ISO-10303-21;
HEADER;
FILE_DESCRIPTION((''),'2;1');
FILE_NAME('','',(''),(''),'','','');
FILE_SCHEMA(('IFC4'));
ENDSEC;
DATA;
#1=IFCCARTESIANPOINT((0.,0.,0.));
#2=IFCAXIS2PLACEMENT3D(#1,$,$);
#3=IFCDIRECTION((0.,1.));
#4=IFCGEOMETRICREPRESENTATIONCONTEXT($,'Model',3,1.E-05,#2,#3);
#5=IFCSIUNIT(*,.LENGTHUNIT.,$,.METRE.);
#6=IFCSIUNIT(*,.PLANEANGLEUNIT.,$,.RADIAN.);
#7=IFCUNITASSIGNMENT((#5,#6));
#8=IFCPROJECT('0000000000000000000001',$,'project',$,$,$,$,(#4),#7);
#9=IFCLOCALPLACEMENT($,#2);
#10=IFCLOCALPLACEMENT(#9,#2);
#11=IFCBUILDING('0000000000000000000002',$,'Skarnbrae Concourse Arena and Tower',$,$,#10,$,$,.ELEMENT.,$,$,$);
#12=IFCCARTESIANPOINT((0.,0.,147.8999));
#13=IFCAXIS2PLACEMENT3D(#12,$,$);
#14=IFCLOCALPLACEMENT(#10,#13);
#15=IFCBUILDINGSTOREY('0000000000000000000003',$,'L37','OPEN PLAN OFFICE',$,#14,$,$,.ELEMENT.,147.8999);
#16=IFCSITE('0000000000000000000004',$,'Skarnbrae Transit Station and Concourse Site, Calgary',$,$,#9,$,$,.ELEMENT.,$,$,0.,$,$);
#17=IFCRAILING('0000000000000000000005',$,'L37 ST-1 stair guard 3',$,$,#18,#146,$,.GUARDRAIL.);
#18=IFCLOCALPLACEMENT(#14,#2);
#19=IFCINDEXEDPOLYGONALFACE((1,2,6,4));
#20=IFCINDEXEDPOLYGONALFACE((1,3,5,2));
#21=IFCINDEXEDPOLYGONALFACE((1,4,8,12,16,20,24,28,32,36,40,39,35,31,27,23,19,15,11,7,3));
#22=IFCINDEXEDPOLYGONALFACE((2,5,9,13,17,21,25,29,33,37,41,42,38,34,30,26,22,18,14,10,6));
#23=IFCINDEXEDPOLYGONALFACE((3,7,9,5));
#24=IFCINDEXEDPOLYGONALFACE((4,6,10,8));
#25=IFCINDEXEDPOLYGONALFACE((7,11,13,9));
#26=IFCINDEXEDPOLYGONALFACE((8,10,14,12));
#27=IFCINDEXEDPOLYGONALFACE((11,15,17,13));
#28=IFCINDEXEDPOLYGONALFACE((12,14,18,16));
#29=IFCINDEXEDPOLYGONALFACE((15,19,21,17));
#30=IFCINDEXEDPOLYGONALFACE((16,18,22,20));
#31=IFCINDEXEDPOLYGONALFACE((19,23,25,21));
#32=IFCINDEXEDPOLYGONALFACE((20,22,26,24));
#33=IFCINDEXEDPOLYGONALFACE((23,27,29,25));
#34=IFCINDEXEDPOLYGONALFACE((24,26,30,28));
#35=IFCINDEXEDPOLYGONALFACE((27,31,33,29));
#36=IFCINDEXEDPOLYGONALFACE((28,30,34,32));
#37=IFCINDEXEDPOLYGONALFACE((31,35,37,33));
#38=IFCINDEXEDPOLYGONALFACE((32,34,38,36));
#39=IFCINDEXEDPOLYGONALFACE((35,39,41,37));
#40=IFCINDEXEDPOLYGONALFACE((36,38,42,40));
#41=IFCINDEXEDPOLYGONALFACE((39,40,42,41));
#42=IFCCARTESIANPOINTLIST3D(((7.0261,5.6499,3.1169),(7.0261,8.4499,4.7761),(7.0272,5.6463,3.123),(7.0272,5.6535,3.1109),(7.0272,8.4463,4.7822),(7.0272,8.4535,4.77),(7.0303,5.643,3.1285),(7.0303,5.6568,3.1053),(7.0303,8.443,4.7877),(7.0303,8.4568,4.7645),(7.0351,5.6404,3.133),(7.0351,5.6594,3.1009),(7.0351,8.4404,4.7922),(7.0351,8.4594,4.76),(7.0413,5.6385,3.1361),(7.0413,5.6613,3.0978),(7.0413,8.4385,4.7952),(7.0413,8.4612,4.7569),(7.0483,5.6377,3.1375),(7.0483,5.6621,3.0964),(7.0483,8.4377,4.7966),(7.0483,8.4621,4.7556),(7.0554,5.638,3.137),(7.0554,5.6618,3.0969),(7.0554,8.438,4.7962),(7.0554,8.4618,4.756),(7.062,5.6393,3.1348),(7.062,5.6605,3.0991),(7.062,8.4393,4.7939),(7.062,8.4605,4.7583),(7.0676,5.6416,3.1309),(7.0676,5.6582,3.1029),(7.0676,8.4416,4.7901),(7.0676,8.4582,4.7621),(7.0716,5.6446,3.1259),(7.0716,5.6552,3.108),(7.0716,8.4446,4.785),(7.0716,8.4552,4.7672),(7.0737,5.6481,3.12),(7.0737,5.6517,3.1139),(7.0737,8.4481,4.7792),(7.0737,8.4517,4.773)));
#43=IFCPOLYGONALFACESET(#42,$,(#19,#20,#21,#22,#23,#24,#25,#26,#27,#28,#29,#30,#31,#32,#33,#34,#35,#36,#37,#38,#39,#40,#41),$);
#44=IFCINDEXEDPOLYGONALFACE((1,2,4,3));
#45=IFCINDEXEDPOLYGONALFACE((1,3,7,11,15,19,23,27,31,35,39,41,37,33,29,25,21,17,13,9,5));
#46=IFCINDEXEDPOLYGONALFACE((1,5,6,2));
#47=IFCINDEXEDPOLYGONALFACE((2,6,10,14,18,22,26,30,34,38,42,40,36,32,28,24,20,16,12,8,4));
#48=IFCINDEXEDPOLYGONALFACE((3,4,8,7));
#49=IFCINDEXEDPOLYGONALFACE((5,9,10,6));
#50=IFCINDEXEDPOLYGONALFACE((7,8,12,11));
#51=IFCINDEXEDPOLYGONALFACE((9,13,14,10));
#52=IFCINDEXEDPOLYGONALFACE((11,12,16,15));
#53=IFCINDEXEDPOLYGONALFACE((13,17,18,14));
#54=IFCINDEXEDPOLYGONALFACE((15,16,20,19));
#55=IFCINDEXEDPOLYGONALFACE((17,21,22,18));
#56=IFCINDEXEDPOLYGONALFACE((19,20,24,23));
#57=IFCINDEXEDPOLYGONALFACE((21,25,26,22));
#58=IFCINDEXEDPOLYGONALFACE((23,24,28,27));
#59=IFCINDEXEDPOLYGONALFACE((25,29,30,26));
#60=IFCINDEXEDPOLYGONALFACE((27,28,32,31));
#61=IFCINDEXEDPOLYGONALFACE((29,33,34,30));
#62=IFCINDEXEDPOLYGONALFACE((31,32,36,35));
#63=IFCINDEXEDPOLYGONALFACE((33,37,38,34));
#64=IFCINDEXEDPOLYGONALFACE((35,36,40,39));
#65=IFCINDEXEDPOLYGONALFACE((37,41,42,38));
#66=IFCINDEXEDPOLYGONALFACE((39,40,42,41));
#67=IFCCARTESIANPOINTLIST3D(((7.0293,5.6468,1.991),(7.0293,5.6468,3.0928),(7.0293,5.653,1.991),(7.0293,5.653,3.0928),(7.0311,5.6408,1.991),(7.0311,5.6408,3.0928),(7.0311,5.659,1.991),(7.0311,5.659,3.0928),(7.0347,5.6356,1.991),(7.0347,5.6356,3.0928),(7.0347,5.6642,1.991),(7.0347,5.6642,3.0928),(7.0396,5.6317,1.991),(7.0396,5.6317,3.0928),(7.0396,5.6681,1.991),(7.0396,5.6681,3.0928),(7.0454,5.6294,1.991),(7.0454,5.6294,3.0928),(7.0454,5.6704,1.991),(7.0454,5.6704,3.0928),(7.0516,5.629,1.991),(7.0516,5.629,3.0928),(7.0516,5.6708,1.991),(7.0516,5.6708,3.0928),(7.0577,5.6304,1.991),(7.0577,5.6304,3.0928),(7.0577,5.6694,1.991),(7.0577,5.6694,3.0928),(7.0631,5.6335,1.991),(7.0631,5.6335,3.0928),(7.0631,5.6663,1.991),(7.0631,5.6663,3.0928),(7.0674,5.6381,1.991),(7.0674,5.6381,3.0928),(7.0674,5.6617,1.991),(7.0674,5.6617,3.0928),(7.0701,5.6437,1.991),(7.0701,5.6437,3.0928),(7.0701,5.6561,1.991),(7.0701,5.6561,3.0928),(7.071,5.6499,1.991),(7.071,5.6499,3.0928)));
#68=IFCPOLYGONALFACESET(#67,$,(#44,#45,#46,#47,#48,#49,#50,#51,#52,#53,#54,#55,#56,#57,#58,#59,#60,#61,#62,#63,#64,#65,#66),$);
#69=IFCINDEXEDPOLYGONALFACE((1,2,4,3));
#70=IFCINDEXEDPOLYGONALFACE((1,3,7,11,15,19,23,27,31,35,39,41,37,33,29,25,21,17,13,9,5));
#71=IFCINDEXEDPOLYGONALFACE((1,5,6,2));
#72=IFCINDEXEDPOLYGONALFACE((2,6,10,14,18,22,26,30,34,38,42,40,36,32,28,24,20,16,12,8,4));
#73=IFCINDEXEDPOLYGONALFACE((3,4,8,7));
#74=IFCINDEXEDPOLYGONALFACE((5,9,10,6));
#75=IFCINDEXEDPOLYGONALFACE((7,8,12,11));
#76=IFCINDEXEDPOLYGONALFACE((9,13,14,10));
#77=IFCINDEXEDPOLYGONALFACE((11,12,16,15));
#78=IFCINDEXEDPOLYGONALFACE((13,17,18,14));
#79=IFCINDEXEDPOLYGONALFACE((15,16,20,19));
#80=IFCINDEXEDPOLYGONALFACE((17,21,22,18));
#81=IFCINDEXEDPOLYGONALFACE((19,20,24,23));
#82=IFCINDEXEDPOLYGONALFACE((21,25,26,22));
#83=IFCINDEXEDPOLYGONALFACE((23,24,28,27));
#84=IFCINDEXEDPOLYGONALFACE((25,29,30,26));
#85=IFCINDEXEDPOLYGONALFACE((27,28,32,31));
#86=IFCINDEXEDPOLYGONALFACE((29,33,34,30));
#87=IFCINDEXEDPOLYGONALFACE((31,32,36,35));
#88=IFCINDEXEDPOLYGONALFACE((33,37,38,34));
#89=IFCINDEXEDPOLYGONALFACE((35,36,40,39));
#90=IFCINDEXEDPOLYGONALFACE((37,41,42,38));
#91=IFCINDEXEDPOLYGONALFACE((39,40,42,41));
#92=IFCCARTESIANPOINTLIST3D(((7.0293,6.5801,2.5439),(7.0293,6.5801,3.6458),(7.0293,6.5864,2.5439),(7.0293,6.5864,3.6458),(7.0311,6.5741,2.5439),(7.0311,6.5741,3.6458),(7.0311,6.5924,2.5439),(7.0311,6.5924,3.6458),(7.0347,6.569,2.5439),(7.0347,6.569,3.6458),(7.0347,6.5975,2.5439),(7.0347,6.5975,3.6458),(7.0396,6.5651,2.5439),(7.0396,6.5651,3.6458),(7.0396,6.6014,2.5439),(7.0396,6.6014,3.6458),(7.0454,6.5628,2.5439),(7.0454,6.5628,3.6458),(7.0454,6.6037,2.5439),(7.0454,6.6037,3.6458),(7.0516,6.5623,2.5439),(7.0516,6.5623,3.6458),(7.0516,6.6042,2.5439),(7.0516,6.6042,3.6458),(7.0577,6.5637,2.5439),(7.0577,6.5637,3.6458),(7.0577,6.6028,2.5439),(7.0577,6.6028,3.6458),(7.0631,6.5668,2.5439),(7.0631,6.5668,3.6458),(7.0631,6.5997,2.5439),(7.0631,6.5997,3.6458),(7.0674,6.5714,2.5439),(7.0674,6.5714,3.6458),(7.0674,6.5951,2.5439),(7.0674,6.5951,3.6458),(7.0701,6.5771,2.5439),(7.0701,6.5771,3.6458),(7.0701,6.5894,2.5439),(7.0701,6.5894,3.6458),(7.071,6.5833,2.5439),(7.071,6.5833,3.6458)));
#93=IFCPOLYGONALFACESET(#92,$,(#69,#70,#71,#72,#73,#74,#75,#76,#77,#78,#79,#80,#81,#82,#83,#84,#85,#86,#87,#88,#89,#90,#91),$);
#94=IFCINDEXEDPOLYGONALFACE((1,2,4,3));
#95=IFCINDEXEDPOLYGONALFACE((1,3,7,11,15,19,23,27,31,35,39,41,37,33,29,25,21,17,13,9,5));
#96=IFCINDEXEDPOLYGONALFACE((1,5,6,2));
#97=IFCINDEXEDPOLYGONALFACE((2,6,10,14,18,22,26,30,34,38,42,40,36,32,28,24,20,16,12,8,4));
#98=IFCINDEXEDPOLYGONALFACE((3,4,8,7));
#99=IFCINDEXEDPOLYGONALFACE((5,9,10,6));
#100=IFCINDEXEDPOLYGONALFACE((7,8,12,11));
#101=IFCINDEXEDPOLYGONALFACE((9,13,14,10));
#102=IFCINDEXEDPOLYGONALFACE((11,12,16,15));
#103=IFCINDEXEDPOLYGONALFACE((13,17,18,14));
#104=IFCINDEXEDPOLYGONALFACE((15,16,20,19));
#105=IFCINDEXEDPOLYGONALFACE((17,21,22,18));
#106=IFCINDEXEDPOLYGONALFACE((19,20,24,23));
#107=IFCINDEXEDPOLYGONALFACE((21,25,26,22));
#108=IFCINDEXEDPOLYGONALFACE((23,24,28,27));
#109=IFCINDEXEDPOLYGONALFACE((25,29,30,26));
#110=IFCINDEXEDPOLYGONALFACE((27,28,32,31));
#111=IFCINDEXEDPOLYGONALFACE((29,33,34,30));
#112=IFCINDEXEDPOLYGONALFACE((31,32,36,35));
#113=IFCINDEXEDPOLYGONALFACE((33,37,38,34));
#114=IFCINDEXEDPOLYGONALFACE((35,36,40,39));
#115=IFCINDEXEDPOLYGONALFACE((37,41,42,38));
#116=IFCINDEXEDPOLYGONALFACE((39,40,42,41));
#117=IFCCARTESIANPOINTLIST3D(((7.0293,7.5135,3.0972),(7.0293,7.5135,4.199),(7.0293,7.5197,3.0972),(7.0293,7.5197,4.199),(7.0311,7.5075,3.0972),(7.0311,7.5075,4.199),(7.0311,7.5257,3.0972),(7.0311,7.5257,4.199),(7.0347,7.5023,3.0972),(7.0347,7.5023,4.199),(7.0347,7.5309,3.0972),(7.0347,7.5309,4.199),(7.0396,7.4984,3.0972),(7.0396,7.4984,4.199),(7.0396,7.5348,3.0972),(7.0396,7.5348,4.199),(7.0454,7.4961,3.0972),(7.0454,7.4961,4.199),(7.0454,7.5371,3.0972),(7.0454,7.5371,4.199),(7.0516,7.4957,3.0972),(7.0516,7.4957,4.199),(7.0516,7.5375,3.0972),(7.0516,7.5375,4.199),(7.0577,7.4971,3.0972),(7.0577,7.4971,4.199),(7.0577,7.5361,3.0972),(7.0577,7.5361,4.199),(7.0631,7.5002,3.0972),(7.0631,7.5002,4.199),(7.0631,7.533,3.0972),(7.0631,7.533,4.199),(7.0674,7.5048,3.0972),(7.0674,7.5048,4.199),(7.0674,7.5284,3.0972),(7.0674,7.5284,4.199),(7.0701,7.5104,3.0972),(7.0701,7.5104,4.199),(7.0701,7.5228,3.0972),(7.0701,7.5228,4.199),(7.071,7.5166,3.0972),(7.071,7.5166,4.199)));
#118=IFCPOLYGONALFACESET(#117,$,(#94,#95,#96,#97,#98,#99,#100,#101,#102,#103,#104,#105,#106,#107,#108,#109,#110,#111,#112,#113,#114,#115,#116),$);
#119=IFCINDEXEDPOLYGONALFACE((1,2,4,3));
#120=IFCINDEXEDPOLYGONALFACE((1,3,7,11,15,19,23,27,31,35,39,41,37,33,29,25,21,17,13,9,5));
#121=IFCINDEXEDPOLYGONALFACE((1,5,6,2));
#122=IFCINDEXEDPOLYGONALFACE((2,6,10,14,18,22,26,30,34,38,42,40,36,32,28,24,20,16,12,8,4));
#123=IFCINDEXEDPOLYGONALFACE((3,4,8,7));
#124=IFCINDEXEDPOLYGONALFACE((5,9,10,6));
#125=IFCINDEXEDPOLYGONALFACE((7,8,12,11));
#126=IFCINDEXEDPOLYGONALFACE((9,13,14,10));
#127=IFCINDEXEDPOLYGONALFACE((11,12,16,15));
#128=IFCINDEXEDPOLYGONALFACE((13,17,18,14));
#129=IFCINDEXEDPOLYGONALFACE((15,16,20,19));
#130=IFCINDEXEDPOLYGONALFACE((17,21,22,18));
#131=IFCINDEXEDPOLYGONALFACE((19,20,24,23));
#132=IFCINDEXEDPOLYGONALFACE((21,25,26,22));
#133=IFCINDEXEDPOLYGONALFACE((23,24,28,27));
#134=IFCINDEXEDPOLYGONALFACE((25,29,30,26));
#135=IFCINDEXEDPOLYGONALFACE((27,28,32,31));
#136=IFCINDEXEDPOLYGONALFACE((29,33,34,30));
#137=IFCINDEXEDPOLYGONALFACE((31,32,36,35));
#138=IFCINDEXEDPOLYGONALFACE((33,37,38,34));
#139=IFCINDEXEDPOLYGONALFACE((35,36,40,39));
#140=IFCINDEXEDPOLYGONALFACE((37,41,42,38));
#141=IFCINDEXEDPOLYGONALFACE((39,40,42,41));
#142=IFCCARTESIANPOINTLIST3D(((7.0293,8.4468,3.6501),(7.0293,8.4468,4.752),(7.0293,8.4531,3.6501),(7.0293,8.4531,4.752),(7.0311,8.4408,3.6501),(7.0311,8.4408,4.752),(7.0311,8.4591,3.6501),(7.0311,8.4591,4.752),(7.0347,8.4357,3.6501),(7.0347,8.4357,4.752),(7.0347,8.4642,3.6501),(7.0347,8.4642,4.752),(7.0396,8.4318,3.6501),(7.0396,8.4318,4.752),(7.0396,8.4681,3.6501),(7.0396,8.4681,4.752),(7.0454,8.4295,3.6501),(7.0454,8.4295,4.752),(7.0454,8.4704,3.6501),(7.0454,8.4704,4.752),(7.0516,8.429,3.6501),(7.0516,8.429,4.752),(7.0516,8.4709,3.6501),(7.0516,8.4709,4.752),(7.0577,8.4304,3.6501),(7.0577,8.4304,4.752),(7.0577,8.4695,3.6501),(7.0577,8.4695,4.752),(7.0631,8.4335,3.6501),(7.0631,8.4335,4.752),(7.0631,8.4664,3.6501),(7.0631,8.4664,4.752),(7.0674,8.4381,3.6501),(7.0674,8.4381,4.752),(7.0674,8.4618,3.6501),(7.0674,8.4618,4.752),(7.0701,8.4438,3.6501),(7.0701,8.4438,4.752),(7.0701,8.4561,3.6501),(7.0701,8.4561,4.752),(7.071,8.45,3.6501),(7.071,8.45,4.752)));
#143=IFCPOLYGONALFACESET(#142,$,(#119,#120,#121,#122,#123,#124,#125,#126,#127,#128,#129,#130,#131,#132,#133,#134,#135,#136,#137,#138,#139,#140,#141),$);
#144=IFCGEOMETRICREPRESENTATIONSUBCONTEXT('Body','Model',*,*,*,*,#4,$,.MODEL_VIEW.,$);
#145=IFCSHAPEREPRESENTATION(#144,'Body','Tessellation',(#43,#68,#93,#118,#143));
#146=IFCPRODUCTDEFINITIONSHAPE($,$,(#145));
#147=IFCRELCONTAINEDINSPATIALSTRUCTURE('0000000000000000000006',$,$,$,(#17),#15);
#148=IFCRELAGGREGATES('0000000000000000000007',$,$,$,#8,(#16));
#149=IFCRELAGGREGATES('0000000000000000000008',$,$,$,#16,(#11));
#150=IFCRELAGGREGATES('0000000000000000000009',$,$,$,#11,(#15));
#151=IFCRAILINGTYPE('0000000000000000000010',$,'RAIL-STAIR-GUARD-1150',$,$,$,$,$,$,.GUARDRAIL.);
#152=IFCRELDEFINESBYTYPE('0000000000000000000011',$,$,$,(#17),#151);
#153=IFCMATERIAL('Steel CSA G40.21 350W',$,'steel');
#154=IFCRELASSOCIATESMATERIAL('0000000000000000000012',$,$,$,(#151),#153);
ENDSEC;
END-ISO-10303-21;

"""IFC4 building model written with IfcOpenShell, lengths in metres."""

from ifc_helpers import new_model, si_unit, direction, frame, origin, origin_2d, place, context, subcontext, project, spatial, circle, extrude, material, type_object, element, save


model = new_model("IFC4")

# Units and contexts
model_context = context("Model", 3, precision=1e-05, world=origin(), true_north=direction((0.0, 1.0)))
body_context = subcontext(model_context, "Body", "Model", "MODEL_VIEW")
ifc_project = project(units=[si_unit("LENGTHUNIT", "METRE"), si_unit("PLANEANGLEUNIT", "RADIAN")], contexts=[model_context])

# Site, building, storey
site_placement = place(None, origin())
site = spatial("IfcSite", under=ifc_project, at=site_placement, Name="Skarnbrae Transit Station and Concourse Site, Calgary", CompositionType="ELEMENT", RefElevation=0.0)
building_placement = place(site_placement, origin())
building = spatial("IfcBuilding", under=site, at=building_placement, Name="Skarnbrae Concourse Arena and Tower", CompositionType="ELEMENT")
storey_placement = place(building_placement, frame((0.0, 0.0, 147.8999)))
storey = spatial("IfcBuildingStorey", under=building, at=storey_placement, Name="L37", Description="OPEN PLAN OFFICE", CompositionType="ELEMENT", Elevation=147.8999)

# Shared definitions
ifc_material_1 = material(Name="Steel CSA G40.21 350W", Category="steel")

# Railing
railing_type_1 = type_object("IfcRailingType", Name="RAIL-STAIR-GUARD-1150", PredefinedType="GUARDRAIL", material=ifc_material_1)
railing_1_placement = place(storey_placement, frame((7.05, 5.6499, 1.991)))
element("IfcRailing", 1, at=railing_1_placement, inside=storey, type_object=railing_type_1, Name="L37 ST-1 stair guard 3", PredefinedType="GUARDRAIL", context=body_context, shape_type="SweptSolid", body=[
    extrude(circle(Radius=0.0239, at=origin_2d()), frame((0.0, 0.0, 1.126), z_axis=(0.0, 0.860306, 0.509778), x_axis=(-1.0, 0.0, 0.0)), (0.0, 0.0, 1.0), 3.2546),
    extrude(circle(Radius=0.021, at=origin_2d()), origin(), (0.0, 0.0, 1.0), 1.1018),
    extrude(circle(Radius=0.021, at=origin_2d()), frame((0.0, 0.9333, 0.553)), (0.0, 0.0, 1.0), 1.1018),
    extrude(circle(Radius=0.021, at=origin_2d()), frame((0.0, 1.8667, 1.1062)), (0.0, 0.0, 1.0), 1.1018),
    extrude(circle(Radius=0.021, at=origin_2d()), frame((0.0, 2.8, 1.6592)), (0.0, 0.0, 1.0), 1.1018),
])

save(model, "model.ifc")
